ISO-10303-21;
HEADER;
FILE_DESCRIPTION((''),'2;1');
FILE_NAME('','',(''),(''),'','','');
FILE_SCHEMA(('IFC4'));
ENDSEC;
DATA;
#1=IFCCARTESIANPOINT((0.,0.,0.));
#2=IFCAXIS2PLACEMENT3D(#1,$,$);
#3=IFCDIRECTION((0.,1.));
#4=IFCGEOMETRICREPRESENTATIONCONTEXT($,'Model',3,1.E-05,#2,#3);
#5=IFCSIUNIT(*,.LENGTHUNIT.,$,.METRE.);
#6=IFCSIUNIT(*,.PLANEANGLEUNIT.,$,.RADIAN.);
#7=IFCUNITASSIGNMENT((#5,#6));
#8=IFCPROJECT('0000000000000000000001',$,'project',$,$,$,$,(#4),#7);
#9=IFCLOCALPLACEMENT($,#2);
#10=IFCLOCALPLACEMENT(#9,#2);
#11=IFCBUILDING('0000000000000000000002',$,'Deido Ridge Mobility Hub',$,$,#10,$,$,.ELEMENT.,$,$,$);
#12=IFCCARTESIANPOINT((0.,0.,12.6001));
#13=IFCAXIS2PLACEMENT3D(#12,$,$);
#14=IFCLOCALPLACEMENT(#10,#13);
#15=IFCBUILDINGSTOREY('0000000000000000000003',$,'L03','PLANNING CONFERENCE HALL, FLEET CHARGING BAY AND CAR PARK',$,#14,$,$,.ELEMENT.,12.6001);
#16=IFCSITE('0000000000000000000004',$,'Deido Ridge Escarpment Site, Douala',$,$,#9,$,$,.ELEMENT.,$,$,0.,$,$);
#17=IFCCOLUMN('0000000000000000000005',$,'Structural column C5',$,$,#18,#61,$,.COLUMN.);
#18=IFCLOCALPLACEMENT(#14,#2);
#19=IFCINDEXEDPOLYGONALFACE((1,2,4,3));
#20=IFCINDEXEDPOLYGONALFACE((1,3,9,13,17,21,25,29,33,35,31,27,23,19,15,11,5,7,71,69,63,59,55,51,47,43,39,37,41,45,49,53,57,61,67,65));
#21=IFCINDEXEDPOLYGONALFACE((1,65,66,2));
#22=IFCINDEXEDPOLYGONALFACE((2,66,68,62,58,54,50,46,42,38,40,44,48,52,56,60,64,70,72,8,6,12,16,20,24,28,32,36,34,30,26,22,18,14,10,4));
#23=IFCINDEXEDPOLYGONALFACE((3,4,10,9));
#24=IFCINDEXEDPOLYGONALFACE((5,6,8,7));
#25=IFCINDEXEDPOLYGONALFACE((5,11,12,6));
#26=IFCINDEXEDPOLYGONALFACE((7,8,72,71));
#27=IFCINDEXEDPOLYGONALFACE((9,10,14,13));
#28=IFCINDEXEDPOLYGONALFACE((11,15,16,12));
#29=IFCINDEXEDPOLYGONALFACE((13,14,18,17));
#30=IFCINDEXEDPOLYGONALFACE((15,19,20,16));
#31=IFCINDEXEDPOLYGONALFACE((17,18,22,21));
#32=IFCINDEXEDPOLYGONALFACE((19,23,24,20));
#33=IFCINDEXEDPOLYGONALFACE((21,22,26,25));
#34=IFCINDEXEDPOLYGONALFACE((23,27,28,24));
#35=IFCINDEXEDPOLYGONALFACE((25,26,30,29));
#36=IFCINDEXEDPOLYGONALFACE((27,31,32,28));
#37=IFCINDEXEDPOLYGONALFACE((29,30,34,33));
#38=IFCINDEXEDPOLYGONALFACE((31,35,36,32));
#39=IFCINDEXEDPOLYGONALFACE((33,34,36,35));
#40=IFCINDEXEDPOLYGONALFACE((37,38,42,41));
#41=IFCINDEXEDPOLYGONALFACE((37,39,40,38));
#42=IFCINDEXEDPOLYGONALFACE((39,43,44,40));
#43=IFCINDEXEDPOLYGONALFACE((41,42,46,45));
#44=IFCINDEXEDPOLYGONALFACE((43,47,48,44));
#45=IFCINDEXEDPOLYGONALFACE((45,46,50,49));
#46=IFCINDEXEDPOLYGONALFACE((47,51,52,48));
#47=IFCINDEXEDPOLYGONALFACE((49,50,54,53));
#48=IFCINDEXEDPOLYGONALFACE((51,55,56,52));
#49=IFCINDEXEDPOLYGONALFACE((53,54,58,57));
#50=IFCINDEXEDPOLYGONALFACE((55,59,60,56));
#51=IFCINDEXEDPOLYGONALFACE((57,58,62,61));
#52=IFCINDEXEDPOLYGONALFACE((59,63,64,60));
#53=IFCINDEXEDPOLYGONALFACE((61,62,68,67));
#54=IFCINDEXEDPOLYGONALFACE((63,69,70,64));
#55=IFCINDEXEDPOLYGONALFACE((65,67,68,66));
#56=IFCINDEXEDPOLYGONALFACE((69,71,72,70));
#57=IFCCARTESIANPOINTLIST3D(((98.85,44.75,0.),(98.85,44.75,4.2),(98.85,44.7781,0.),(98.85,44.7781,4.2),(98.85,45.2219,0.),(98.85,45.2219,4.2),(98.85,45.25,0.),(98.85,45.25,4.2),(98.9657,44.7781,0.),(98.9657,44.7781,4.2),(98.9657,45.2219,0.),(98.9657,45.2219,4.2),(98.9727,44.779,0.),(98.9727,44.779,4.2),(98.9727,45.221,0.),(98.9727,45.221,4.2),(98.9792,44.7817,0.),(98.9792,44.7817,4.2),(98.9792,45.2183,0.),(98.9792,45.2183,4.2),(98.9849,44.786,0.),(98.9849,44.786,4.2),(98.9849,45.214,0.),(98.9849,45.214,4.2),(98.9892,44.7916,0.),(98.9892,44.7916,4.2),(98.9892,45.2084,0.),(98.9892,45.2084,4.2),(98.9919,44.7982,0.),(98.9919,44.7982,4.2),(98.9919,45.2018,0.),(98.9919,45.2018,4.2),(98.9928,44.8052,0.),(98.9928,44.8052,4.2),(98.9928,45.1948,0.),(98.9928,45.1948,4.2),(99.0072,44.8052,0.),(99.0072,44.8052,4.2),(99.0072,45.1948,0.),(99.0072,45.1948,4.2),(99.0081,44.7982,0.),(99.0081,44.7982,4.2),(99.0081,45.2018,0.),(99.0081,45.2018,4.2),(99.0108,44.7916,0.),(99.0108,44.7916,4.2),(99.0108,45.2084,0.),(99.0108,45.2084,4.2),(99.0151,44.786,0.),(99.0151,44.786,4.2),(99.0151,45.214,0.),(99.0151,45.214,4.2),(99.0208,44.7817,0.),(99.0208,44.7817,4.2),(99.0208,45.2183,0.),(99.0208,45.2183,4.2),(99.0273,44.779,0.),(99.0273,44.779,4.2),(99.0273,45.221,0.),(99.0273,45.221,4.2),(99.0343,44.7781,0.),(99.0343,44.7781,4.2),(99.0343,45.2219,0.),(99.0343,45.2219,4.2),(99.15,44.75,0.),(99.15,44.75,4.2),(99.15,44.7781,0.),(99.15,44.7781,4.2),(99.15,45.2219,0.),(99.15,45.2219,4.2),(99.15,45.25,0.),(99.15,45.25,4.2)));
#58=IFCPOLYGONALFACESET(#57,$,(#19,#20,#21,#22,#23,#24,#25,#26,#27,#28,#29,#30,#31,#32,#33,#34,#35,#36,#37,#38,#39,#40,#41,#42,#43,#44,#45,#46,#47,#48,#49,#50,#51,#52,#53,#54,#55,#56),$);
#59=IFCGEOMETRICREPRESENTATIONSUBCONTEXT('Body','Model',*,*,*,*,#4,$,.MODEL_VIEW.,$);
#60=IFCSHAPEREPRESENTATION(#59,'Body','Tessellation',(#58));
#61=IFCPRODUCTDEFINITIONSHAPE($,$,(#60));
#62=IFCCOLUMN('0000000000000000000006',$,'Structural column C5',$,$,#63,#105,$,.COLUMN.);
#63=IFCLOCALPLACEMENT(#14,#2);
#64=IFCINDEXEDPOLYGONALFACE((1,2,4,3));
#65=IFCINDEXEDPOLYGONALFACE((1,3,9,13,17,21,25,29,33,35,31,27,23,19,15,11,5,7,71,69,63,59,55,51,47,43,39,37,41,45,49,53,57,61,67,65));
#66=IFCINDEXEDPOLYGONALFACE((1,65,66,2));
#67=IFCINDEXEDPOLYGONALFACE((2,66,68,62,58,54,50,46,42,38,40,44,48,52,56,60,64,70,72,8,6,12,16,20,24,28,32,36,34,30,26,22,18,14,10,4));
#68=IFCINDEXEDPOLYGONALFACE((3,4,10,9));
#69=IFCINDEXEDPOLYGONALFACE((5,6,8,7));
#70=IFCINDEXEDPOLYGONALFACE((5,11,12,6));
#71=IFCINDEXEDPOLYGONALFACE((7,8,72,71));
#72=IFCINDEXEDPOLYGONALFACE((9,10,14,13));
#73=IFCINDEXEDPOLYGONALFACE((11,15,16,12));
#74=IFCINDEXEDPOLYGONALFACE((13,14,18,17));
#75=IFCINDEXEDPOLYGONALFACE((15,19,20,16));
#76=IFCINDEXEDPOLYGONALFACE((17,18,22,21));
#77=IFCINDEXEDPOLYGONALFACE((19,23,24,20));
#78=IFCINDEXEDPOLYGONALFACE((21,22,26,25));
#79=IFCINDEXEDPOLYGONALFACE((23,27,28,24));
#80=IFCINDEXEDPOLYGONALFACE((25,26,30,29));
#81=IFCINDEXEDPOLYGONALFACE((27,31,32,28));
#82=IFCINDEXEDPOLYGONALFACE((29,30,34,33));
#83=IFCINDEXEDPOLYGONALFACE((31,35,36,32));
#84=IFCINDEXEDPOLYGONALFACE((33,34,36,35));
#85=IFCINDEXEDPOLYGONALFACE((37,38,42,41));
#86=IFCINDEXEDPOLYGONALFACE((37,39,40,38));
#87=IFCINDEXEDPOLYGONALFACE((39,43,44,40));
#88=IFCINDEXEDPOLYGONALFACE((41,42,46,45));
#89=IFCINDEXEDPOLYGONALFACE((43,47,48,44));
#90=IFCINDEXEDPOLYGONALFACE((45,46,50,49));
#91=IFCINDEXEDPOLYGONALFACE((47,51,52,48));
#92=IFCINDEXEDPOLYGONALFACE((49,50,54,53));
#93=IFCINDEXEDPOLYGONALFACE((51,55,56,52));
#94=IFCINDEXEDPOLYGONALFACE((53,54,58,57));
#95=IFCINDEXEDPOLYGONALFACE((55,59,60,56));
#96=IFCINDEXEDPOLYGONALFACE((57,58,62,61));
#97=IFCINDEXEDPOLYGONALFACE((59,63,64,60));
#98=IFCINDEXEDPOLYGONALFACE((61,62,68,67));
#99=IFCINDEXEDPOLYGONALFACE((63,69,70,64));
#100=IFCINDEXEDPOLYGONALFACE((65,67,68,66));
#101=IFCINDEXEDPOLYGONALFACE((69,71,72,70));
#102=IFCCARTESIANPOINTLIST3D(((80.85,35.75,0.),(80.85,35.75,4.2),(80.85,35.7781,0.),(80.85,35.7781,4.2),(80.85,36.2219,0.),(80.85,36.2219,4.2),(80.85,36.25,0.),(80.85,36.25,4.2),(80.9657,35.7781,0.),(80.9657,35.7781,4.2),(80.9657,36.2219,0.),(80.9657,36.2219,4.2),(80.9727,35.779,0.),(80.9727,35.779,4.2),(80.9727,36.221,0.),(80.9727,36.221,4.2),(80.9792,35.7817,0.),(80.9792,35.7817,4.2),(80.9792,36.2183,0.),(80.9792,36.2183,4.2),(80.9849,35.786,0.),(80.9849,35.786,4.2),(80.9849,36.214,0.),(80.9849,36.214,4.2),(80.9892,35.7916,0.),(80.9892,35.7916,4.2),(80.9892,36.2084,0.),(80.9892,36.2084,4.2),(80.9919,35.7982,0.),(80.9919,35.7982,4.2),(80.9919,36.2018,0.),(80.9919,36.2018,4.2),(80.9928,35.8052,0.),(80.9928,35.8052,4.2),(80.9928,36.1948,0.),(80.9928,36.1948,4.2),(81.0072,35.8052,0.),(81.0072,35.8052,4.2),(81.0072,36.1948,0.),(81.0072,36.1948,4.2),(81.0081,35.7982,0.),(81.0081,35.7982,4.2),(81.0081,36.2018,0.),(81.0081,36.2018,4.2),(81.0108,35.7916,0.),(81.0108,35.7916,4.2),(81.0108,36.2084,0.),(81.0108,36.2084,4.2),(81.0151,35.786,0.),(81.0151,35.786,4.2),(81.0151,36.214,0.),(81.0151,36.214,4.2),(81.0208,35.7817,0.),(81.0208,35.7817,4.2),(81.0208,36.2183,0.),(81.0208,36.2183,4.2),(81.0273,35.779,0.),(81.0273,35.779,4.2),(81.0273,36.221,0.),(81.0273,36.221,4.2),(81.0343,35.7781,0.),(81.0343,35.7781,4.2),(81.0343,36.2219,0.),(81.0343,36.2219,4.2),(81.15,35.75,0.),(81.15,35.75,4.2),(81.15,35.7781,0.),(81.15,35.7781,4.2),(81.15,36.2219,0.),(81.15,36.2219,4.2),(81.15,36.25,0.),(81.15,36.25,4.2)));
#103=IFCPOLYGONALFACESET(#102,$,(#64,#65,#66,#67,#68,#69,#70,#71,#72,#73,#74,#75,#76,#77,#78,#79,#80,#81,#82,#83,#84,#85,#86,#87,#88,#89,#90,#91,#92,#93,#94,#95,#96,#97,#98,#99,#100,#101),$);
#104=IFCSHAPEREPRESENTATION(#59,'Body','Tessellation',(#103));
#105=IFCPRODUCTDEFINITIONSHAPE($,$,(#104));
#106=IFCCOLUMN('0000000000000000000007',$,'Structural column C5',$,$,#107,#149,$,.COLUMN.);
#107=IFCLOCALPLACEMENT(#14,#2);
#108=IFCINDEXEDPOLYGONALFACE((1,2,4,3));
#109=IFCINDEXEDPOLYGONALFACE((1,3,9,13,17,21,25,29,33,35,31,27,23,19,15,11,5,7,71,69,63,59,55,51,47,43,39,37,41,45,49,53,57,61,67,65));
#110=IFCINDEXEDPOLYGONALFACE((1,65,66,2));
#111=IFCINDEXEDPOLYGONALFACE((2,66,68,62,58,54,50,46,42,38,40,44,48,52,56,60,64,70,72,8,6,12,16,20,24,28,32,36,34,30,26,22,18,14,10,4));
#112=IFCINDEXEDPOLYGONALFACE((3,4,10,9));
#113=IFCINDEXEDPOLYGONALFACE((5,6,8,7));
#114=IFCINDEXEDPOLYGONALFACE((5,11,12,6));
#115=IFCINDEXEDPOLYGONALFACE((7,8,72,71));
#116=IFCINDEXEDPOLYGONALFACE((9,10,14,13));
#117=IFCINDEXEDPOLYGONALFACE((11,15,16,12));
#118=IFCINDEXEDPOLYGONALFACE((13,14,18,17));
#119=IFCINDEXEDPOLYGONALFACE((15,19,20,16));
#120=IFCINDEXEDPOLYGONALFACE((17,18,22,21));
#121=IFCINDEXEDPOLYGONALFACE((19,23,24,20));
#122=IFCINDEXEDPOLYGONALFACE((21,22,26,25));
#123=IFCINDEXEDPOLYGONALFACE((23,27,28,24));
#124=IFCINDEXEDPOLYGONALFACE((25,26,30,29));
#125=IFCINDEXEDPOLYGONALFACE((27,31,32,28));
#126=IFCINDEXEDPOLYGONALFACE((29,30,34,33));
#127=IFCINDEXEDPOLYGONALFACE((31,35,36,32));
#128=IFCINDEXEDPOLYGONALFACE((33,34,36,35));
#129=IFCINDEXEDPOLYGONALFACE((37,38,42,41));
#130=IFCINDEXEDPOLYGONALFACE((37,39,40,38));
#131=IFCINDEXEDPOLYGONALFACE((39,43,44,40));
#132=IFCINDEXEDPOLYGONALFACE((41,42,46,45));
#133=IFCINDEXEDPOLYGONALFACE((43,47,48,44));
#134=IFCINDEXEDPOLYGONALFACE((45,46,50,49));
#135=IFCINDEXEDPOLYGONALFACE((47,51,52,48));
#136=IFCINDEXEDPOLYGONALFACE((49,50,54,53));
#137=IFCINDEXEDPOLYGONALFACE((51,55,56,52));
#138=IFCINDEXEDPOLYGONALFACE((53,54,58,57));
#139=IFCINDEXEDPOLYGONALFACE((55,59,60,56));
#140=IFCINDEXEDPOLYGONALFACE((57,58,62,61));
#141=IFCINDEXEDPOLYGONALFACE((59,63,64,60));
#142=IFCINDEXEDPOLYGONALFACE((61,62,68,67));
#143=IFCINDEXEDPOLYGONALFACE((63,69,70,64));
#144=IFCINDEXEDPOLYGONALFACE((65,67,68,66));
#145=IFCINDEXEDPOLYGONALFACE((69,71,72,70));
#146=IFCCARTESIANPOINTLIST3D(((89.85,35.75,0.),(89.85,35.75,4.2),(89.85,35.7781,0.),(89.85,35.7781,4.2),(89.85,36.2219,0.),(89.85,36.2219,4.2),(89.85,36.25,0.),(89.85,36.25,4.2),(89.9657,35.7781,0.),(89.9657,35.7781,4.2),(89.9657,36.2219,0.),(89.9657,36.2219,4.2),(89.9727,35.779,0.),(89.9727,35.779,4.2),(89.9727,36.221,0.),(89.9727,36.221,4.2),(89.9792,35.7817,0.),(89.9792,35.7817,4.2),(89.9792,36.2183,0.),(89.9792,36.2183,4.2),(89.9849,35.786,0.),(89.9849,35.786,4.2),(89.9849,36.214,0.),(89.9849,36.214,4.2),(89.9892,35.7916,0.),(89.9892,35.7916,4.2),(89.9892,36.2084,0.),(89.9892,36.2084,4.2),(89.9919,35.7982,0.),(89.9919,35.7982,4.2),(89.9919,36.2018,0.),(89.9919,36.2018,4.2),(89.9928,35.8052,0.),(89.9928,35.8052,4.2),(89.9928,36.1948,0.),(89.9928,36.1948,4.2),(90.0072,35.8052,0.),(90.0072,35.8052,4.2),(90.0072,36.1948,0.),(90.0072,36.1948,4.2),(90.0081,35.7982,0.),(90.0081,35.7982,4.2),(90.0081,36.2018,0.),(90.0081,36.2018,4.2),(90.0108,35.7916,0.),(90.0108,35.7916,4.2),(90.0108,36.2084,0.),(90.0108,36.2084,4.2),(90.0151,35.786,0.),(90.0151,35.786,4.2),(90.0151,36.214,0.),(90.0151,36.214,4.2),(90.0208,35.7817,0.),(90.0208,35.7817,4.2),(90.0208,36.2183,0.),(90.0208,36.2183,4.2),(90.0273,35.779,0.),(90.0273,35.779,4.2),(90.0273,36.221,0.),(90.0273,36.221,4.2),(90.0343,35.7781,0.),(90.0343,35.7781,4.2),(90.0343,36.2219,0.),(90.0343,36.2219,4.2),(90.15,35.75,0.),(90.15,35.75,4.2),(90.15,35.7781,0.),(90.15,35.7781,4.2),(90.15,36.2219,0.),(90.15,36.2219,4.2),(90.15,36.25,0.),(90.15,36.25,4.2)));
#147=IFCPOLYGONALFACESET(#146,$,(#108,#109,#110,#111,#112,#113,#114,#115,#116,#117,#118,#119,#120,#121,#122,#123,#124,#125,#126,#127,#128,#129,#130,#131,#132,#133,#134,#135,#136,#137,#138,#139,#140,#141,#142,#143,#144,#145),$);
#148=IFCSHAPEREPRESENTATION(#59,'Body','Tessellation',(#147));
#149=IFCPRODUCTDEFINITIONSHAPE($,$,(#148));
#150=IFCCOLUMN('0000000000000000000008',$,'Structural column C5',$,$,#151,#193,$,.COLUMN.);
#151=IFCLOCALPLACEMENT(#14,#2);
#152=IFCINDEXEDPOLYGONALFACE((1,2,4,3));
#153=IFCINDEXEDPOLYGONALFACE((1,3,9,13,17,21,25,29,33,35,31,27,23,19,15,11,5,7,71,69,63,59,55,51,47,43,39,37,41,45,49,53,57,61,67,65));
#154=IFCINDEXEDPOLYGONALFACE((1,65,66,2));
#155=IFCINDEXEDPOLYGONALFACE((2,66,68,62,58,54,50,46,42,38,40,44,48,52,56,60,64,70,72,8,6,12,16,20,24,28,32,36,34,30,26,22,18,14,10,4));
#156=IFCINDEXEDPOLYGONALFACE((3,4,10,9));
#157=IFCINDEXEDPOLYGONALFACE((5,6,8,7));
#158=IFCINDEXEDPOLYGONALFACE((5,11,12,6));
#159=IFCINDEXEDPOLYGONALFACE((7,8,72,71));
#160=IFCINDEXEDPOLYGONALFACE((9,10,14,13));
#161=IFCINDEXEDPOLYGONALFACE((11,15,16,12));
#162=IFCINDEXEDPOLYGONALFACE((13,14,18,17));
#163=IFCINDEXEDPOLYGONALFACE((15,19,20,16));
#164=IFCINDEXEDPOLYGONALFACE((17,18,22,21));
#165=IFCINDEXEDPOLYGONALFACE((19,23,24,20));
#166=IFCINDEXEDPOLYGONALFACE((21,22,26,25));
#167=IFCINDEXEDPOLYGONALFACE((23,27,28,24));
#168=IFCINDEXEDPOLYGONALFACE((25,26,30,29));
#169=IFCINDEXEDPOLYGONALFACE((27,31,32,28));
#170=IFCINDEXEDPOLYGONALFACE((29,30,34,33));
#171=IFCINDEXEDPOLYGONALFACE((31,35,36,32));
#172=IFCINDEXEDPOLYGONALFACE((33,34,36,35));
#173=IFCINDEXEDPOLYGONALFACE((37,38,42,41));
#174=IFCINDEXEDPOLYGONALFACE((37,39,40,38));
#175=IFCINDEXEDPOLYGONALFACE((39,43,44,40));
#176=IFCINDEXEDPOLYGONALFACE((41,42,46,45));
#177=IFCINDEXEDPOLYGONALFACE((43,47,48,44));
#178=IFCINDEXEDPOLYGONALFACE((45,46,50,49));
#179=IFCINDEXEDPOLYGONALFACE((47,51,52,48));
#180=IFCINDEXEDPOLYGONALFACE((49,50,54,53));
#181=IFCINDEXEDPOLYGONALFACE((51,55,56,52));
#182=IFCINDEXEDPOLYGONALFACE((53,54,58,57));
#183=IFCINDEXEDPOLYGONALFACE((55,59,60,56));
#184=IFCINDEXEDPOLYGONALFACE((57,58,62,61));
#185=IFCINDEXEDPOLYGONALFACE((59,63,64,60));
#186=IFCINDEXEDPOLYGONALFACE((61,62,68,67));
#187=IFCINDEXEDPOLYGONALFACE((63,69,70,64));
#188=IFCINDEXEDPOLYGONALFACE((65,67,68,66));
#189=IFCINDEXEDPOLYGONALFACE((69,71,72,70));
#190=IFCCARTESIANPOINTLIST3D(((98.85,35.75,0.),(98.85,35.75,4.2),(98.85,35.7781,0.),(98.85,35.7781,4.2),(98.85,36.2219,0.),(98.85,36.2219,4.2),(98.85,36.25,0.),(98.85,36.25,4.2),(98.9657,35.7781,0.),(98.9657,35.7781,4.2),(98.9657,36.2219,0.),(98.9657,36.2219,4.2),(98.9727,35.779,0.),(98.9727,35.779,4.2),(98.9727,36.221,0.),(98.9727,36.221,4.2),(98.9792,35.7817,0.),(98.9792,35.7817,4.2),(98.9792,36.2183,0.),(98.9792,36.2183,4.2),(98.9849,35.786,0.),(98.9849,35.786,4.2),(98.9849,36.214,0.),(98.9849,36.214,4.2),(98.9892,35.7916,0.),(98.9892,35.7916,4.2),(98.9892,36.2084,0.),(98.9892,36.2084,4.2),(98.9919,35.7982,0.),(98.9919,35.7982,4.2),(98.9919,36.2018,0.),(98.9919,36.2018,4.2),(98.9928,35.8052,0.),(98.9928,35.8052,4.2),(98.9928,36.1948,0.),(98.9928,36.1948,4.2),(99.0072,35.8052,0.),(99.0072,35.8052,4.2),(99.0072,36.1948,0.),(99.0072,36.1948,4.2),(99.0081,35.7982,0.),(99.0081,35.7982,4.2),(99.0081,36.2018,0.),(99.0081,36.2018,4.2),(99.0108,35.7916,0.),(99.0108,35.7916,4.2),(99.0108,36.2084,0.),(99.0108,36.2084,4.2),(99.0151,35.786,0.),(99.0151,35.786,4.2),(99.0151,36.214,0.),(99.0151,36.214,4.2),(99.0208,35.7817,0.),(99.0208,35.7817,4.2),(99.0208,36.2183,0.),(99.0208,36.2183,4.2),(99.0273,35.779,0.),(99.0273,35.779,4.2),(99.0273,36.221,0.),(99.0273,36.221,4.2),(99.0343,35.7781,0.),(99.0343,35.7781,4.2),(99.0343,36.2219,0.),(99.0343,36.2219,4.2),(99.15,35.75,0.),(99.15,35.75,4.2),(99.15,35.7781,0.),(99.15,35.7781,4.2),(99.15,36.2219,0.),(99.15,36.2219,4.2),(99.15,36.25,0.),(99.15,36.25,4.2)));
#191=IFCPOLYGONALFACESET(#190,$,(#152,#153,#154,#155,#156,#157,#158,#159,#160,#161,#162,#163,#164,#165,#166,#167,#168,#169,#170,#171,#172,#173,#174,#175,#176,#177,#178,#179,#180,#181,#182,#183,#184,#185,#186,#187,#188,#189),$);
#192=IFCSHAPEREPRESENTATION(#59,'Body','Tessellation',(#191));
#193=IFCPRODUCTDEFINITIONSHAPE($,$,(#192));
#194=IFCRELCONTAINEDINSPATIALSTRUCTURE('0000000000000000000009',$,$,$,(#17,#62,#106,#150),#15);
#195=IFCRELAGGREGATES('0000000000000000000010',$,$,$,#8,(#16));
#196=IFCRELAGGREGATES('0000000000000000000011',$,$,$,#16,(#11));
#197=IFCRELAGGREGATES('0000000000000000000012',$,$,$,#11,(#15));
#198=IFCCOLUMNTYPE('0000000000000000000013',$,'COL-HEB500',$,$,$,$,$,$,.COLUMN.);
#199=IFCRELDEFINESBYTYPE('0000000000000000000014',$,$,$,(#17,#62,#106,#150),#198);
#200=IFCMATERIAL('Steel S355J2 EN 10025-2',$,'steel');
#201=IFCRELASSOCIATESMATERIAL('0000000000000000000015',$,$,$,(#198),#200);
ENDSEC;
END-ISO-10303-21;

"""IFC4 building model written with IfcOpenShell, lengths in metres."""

from ifc_helpers import new_model, si_unit, direction, frame, origin, origin_2d, place, context, subcontext, project, spatial, i_section, extrude, material, material_profile, profile_set, type_object, element, save


model = new_model("IFC4")

# Units and contexts
model_context = context("Model", 3, precision=1e-05, world=origin(), true_north=direction((0.0, 1.0)))
body_context = subcontext(model_context, "Body", "Model", "MODEL_VIEW")
ifc_project = project(units=[si_unit("LENGTHUNIT", "METRE"), si_unit("PLANEANGLEUNIT", "RADIAN")], contexts=[model_context])

# Site, building, storey
site_placement = place(None, origin())
site = spatial("IfcSite", under=ifc_project, at=site_placement, Name="Deido Ridge Escarpment Site, Douala", CompositionType="ELEMENT", RefElevation=0.0)
building_placement = place(site_placement, origin())
building = spatial("IfcBuilding", under=site, at=building_placement, Name="Deido Ridge Mobility Hub", CompositionType="ELEMENT")
storey_placement = place(building_placement, frame((0.0, 0.0, 12.6001)))
storey = spatial("IfcBuildingStorey", under=building, at=storey_placement, Name="L03", Description="PLANNING CONFERENCE HALL, FLEET CHARGING BAY AND CAR PARK", CompositionType="ELEMENT", Elevation=12.6001)

# Columns
ifc_material_1 = material(Name="Steel S355J2 EN 10025-2", Category="steel")
ifc_material_profile_1 = material_profile(ifc_material_1, i_section(OverallWidth=0.3, OverallDepth=0.5, WebThickness=0.0144, FlangeThickness=0.0281, FilletRadius=0.0271, at=origin_2d()), Name="HEB 500")
ifc_profile_set_1 = profile_set([ifc_material_profile_1], Name="Steel S355J2 EN 10025-2")
column_type_1 = type_object("IfcColumnType", Name="COL-HEB500", PredefinedType="COLUMN", material=ifc_profile_set_1)
for number, where, z_axis, x_axis, name in (
    (1, (99.0, 45.0, 0.0), (0.0, 0.0, 1.0), (1.0, 0.0, 0.0), "Structural column C5"),
    (2, (81.0, 36.0, 0.0), (0.0, 0.0, 1.0), (1.0, 0.0, 0.0), "Structural column C5"),
    (3, (90.0, 36.0, 0.0), (0.0, 0.0, 1.0), (1.0, 0.0, 0.0), "Structural column C5"),
    (4, (99.0, 36.0, 0.0), (0.0, 0.0, 1.0), (1.0, 0.0, 0.0), "Structural column C5"),
):
    element("IfcColumn", number, at=place(storey_placement, frame(where, z_axis=z_axis, x_axis=x_axis)), inside=storey, type_object=column_type_1, Name=name, PredefinedType="COLUMN", context=body_context, shape_type="SweptSolid", body=[
        extrude(i_section(OverallWidth=0.3, OverallDepth=0.5, WebThickness=0.0144, FlangeThickness=0.0281, FilletRadius=0.0271, at=origin_2d()), origin(), (0.0, 0.0, 1.0), 4.2),
    ])

save(model, "model.ifc")
